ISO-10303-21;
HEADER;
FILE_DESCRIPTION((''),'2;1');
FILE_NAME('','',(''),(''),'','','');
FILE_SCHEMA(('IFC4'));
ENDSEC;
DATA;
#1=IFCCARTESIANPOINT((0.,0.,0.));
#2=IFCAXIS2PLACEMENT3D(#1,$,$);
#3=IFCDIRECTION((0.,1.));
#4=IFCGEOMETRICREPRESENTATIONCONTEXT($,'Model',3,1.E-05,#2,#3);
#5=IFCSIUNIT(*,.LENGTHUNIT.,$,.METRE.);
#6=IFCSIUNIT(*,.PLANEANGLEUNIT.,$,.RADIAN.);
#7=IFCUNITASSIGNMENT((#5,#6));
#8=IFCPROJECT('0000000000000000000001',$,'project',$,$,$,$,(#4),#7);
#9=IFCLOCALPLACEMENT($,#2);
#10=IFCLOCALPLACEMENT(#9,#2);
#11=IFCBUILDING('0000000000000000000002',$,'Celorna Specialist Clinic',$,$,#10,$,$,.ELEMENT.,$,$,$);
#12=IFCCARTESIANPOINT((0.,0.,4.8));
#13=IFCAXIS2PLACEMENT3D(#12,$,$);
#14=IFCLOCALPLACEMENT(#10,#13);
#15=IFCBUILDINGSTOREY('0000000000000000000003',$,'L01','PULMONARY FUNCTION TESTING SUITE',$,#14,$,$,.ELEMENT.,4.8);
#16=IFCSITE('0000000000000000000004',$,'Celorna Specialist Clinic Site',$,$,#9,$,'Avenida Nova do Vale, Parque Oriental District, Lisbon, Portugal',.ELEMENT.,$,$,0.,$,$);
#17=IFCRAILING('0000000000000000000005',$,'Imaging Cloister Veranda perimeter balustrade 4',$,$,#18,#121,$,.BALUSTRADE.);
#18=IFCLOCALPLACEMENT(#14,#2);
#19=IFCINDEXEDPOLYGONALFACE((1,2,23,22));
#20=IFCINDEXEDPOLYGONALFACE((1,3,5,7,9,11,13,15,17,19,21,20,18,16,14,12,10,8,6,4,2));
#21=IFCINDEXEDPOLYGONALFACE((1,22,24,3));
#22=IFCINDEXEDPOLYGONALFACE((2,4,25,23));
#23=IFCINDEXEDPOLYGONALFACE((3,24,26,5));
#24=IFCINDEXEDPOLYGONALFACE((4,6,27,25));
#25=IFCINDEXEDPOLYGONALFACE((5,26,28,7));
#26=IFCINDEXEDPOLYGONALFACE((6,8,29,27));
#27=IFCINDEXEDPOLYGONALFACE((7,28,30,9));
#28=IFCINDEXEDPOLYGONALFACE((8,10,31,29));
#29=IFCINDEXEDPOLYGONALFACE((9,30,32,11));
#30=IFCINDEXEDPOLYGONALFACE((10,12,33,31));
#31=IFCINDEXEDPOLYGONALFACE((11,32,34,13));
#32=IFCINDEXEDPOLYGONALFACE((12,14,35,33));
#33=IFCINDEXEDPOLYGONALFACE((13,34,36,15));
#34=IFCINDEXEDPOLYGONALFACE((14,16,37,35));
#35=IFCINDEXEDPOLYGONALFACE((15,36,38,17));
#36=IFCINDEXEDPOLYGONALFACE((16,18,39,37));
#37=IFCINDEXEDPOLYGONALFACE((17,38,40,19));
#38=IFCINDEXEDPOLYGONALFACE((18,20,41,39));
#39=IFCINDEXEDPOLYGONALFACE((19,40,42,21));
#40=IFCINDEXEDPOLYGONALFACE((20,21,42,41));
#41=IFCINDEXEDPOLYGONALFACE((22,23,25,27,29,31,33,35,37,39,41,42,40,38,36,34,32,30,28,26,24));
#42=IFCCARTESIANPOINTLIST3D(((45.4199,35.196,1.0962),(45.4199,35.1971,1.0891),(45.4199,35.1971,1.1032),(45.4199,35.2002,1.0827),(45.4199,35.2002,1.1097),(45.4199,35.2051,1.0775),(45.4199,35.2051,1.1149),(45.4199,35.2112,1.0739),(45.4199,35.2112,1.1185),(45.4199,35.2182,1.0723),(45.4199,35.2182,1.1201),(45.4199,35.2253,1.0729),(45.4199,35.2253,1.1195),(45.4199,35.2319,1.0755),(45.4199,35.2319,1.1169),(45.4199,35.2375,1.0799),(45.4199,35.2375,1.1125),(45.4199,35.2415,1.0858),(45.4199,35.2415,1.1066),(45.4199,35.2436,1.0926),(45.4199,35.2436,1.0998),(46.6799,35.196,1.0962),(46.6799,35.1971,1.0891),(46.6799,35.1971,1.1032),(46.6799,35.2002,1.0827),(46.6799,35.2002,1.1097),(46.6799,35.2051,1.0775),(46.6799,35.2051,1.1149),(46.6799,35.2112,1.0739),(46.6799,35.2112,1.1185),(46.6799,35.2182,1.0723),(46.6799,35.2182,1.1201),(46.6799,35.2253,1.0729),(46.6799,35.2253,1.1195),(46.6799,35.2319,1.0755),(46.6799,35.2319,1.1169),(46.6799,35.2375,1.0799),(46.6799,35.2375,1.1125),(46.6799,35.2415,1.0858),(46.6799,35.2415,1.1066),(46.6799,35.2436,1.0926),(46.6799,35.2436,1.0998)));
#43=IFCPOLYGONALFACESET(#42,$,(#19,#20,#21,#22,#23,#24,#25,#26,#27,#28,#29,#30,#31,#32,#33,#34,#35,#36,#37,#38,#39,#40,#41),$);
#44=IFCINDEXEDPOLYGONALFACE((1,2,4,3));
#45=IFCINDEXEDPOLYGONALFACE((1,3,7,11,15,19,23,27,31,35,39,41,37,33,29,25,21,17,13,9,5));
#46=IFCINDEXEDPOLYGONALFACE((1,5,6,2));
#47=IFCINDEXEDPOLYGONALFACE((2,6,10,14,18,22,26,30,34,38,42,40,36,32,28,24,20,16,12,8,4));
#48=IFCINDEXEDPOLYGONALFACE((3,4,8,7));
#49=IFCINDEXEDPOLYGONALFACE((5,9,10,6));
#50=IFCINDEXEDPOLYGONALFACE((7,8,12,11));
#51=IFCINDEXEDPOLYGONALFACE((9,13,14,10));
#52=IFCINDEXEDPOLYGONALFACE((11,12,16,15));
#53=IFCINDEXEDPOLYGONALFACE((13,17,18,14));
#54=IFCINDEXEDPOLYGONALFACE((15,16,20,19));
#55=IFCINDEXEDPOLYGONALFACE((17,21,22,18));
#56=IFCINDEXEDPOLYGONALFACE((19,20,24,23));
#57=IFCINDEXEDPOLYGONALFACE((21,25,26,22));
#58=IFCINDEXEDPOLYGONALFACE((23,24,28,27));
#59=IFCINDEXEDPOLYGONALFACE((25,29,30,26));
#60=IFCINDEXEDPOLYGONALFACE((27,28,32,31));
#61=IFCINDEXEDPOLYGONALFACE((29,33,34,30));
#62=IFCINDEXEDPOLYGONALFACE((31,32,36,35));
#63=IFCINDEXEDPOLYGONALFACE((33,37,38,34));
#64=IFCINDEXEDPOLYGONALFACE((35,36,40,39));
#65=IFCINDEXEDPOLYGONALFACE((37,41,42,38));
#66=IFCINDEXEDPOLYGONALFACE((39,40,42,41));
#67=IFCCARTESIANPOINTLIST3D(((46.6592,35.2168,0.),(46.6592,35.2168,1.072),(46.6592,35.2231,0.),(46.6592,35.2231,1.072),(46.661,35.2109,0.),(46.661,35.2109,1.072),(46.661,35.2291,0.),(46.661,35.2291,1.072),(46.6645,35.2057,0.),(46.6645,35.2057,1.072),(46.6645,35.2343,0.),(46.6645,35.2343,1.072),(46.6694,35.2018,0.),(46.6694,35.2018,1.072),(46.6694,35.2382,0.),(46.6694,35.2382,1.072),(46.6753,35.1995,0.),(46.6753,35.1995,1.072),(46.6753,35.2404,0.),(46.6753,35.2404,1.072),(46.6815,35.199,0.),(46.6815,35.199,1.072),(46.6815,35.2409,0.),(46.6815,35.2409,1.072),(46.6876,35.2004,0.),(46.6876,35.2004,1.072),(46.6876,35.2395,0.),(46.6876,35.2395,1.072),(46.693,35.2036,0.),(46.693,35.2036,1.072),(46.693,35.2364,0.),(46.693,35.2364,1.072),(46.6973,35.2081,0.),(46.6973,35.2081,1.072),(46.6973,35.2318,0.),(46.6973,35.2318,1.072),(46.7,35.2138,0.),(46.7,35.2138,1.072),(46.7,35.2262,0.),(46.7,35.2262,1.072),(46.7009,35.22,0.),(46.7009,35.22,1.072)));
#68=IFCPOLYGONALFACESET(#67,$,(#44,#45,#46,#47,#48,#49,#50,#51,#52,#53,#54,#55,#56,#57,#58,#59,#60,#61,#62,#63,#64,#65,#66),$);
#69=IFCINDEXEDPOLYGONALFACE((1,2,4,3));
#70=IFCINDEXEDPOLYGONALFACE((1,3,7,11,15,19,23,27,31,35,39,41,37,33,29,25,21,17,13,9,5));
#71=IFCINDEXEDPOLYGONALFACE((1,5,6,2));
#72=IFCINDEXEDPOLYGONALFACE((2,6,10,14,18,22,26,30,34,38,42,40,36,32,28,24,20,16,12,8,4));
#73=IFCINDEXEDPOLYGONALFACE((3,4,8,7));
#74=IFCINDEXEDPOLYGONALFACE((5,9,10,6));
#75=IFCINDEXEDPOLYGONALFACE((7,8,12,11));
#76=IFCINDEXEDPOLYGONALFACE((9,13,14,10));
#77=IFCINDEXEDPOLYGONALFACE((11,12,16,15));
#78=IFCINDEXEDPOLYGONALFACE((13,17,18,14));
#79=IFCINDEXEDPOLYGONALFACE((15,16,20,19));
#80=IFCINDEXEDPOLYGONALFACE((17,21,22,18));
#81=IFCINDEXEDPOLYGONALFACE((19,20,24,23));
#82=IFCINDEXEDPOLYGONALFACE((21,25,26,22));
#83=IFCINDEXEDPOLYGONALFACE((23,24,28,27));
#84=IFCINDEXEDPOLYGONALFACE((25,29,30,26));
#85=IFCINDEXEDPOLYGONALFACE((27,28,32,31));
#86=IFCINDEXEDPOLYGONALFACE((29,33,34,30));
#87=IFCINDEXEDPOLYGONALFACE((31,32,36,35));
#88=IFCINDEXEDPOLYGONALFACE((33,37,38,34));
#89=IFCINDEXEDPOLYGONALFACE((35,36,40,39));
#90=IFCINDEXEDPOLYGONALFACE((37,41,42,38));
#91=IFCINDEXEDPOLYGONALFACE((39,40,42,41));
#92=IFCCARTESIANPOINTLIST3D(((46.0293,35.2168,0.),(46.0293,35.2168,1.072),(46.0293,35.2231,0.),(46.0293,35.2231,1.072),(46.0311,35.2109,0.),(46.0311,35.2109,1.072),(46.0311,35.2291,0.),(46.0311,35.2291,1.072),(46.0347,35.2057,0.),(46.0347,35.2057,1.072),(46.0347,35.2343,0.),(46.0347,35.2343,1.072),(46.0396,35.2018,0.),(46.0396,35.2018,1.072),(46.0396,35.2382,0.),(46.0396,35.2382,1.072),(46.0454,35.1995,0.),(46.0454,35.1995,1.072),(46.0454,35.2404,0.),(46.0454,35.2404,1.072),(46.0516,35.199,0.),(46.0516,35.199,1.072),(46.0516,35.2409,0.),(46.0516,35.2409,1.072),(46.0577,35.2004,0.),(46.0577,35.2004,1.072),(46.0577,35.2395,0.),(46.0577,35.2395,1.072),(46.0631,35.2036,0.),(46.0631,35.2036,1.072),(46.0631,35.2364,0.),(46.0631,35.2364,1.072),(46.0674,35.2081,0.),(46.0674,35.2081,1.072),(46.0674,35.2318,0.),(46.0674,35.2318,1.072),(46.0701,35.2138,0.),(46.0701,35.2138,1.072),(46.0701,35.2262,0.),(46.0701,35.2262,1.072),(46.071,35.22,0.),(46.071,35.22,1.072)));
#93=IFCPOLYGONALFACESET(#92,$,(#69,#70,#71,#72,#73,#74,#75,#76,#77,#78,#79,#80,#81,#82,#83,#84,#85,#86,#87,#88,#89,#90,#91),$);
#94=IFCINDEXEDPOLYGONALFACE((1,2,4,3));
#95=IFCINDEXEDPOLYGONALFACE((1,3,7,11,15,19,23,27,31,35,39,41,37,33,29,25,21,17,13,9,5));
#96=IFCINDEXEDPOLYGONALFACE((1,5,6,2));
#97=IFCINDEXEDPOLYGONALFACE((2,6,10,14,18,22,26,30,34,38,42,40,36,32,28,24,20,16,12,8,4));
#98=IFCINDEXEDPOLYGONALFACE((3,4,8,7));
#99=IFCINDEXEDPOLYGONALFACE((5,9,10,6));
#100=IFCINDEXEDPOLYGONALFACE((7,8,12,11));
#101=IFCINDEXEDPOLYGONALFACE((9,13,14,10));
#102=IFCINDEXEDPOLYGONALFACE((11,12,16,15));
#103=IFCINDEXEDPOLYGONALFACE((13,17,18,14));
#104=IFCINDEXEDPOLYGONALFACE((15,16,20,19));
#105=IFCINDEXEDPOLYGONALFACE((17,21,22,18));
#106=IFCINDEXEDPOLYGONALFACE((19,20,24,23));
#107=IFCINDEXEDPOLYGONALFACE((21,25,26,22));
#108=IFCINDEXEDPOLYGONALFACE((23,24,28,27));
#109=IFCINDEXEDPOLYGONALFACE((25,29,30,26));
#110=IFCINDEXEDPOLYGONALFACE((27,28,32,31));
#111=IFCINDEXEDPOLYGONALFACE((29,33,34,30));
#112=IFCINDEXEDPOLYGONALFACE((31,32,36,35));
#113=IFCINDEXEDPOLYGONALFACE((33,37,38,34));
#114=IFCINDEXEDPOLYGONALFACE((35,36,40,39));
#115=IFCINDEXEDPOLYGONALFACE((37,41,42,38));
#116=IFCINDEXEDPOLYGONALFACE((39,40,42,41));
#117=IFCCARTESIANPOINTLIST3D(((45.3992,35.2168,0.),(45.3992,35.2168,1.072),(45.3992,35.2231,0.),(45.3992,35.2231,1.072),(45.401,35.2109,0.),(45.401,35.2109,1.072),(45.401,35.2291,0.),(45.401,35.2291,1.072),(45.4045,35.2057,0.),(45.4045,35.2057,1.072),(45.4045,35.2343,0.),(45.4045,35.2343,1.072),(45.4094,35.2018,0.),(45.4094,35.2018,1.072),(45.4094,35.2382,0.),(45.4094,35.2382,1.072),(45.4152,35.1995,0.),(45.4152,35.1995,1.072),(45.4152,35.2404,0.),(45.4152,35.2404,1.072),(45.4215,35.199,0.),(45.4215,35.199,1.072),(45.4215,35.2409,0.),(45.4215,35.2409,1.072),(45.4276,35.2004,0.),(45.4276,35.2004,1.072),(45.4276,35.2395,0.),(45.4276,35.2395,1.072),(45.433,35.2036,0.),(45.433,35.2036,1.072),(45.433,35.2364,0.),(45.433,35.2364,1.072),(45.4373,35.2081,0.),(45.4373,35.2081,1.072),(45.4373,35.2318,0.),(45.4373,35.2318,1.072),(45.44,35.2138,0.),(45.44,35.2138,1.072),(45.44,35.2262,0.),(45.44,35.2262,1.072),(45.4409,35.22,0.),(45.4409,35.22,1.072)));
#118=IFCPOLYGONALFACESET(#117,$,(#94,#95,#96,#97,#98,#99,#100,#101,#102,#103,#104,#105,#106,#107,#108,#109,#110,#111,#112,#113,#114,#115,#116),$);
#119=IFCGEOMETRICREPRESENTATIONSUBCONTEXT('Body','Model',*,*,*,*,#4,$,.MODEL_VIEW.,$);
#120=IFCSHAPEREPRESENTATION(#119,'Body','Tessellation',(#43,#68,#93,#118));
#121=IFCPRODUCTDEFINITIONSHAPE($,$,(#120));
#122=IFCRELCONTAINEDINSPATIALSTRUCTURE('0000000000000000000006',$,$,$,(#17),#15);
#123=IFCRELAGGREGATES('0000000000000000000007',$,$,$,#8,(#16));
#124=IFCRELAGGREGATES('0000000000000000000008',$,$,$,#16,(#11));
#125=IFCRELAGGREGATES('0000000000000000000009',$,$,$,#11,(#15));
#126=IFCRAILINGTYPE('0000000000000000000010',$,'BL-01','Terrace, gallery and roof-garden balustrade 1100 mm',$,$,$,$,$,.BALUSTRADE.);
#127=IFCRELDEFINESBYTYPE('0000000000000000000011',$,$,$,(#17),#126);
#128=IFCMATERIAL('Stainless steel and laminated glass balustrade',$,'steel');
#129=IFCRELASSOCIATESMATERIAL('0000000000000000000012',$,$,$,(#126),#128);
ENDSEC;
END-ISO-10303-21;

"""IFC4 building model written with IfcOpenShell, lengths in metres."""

from ifc_helpers import new_model, si_unit, direction, frame, origin, origin_2d, place, context, subcontext, project, spatial, circle, extrude, material, type_object, element, save


model = new_model("IFC4")

# Units and contexts
model_context = context("Model", 3, precision=1e-05, world=origin(), true_north=direction((0.0, 1.0)))
body_context = subcontext(model_context, "Body", "Model", "MODEL_VIEW")
ifc_project = project(units=[si_unit("LENGTHUNIT", "METRE"), si_unit("PLANEANGLEUNIT", "RADIAN")], contexts=[model_context])

# Site, building, storey
site_placement = place(None, origin())
site = spatial("IfcSite", under=ifc_project, at=site_placement, Name="Celorna Specialist Clinic Site", LongName="Avenida Nova do Vale, Parque Oriental District, Lisbon, Portugal", CompositionType="ELEMENT", RefElevation=0.0)
building_placement = place(site_placement, origin())
building = spatial("IfcBuilding", under=site, at=building_placement, Name="Celorna Specialist Clinic", CompositionType="ELEMENT")
storey_placement = place(building_placement, frame((0.0, 0.0, 4.8)))
storey = spatial("IfcBuildingStorey", under=building, at=storey_placement, Name="L01", Description="PULMONARY FUNCTION TESTING SUITE", CompositionType="ELEMENT", Elevation=4.8)

# Railing
ifc_material_1 = material(Name="Stainless steel and laminated glass balustrade", Category="steel")
railing_type = type_object("IfcRailingType", Name="BL-01", Description="Terrace, gallery and roof-garden balustrade 1100 mm", PredefinedType="BALUSTRADE", material=ifc_material_1)
railing_1_placement = place(storey_placement, frame((46.6799, 35.22, 0.0)))
element("IfcRailing", 1, at=railing_1_placement, inside=storey, type_object=railing_type, Name="Imaging Cloister Veranda perimeter balustrade 4", PredefinedType="BALUSTRADE", context=body_context, shape_type="SweptSolid", body=[
    extrude(circle(Radius=0.0239, at=origin_2d()), frame((0.0, 0.0, 1.0962), z_axis=(-1.0, 0.0, 0.0), x_axis=(0.0, -1.0, 0.0)), (0.0, 0.0, 1.0), 1.26),
    extrude(circle(Radius=0.021, at=origin_2d()), origin(), (0.0, 0.0, 1.0), 1.072),
    extrude(circle(Radius=0.021, at=origin_2d()), frame((-0.6299, 0.0, 0.0)), (0.0, 0.0, 1.0), 1.072),
    extrude(circle(Radius=0.021, at=origin_2d()), frame((-1.26, 0.0, 0.0)), (0.0, 0.0, 1.0), 1.072),
])

save(model, "model.ifc")
